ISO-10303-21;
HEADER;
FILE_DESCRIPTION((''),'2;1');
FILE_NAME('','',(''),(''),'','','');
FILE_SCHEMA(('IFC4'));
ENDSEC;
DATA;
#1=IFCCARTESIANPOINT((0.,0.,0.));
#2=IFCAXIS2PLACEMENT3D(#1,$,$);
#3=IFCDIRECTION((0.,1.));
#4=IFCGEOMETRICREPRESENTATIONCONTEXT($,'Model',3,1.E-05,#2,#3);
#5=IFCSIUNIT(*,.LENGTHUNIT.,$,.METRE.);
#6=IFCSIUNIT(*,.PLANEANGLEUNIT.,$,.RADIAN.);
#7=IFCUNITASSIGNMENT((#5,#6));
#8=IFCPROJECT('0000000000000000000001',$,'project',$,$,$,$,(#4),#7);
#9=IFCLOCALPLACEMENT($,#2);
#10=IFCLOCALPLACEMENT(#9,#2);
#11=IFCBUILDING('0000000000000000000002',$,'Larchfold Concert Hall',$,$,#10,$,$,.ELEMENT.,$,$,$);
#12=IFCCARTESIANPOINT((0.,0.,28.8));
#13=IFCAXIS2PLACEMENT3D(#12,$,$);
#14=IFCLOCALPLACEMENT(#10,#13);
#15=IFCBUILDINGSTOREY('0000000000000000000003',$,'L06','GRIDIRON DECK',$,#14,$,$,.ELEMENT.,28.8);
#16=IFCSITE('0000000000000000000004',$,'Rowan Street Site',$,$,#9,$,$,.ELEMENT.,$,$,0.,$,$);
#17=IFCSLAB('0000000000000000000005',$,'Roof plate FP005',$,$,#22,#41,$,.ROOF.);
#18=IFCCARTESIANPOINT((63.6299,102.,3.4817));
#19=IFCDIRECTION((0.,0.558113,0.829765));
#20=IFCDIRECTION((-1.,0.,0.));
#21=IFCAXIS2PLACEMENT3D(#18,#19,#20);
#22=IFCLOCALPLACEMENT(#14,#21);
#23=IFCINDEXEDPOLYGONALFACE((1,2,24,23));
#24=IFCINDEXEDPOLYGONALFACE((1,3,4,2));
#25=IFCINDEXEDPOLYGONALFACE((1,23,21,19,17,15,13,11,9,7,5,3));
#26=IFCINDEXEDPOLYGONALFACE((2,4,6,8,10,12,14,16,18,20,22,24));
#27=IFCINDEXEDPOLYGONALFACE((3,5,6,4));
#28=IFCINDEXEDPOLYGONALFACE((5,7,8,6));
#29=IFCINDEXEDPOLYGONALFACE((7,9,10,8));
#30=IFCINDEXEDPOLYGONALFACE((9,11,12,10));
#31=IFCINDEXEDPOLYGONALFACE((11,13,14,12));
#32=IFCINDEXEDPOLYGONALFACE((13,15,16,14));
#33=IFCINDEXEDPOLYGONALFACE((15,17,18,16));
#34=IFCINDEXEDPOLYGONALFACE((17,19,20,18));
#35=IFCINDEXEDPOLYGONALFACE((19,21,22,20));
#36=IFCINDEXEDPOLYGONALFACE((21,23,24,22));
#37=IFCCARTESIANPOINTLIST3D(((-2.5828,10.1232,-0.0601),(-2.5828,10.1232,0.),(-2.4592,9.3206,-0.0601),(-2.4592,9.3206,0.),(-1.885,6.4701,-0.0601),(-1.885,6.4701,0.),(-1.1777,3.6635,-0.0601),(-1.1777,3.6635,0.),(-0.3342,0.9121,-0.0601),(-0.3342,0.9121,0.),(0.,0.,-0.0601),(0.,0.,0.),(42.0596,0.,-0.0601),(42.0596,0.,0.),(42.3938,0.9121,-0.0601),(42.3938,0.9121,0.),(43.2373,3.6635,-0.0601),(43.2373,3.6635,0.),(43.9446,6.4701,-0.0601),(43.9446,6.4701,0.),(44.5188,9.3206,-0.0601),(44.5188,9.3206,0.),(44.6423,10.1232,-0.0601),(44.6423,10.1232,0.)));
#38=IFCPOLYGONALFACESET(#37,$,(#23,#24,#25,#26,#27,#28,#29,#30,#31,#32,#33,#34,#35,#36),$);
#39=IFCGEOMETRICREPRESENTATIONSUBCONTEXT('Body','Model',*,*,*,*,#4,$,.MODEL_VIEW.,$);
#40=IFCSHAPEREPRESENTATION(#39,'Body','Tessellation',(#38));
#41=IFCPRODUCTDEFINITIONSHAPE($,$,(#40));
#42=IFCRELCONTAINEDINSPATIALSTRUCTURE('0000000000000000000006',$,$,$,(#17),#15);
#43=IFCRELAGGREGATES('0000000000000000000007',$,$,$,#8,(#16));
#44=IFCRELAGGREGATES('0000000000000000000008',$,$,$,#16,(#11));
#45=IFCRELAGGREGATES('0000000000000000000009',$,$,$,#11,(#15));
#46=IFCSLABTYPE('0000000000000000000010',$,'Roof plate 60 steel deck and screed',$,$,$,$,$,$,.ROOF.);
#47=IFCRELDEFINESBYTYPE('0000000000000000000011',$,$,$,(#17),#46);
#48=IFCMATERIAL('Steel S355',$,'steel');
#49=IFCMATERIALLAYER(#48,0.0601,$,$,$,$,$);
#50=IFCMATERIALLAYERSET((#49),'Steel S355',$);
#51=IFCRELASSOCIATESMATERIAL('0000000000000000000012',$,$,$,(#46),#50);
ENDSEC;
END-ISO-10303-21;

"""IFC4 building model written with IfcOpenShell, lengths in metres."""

from ifc_helpers import new_model, si_unit, direction, frame, origin, place, context, subcontext, project, spatial, polyline, outline, extrude, material, layer, layer_set, type_object, element, save


model = new_model("IFC4")

# Units and contexts
model_context = context("Model", 3, precision=1e-05, world=origin(), true_north=direction((0.0, 1.0)))
body_context = subcontext(model_context, "Body", "Model", "MODEL_VIEW")
ifc_project = project(units=[si_unit("LENGTHUNIT", "METRE"), si_unit("PLANEANGLEUNIT", "RADIAN")], contexts=[model_context])

# Site, building, storey
site_placement = place(None, origin())
site = spatial("IfcSite", under=ifc_project, at=site_placement, Name="Rowan Street Site", CompositionType="ELEMENT", RefElevation=0.0)
building_placement = place(site_placement, origin())
building = spatial("IfcBuilding", under=site, at=building_placement, Name="Larchfold Concert Hall", CompositionType="ELEMENT")
storey_placement = place(building_placement, frame((0.0, 0.0, 28.8)))
storey = spatial("IfcBuildingStorey", under=building, at=storey_placement, Name="L06", Description="GRIDIRON DECK", CompositionType="ELEMENT", Elevation=28.8)

# Slab
ifc_material_1 = material(Name="Steel S355", Category="steel")
ifc_layer_1 = layer(ifc_material_1, 0.0601)
ifc_layer_set_1 = layer_set([ifc_layer_1], Name="Steel S355")
slab_type = type_object("IfcSlabType", Name="Roof plate 60 steel deck and screed", PredefinedType="ROOF", material=ifc_layer_set_1)
slab_placement = place(storey_placement, frame((63.6299, 102.0, 3.4817), z_axis=(0.0, 0.558113, 0.829765), x_axis=(-1.0, 0.0, 0.0)))
element("IfcSlab", 1, at=slab_placement, inside=storey, type_object=slab_type, Name="Roof plate FP005", PredefinedType="ROOF", context=body_context, shape_type="SweptSolid", body=[
    extrude(outline(polyline([(0.0, 0.0), (42.0596, 0.0), (42.3938, 0.9121), (43.2373, 3.6635), (43.9446, 6.4701), (44.5188, 9.3206), (44.6423, 10.1232), (-2.5828, 10.1232), (-2.4592, 9.3206), (-1.885, 6.4701), (-1.1777, 3.6635), (-0.3342, 0.9121), (0.0, 0.0)])), origin(), (0.0, 0.0, -1.0), 0.0601),
])

save(model, "model.ifc")
